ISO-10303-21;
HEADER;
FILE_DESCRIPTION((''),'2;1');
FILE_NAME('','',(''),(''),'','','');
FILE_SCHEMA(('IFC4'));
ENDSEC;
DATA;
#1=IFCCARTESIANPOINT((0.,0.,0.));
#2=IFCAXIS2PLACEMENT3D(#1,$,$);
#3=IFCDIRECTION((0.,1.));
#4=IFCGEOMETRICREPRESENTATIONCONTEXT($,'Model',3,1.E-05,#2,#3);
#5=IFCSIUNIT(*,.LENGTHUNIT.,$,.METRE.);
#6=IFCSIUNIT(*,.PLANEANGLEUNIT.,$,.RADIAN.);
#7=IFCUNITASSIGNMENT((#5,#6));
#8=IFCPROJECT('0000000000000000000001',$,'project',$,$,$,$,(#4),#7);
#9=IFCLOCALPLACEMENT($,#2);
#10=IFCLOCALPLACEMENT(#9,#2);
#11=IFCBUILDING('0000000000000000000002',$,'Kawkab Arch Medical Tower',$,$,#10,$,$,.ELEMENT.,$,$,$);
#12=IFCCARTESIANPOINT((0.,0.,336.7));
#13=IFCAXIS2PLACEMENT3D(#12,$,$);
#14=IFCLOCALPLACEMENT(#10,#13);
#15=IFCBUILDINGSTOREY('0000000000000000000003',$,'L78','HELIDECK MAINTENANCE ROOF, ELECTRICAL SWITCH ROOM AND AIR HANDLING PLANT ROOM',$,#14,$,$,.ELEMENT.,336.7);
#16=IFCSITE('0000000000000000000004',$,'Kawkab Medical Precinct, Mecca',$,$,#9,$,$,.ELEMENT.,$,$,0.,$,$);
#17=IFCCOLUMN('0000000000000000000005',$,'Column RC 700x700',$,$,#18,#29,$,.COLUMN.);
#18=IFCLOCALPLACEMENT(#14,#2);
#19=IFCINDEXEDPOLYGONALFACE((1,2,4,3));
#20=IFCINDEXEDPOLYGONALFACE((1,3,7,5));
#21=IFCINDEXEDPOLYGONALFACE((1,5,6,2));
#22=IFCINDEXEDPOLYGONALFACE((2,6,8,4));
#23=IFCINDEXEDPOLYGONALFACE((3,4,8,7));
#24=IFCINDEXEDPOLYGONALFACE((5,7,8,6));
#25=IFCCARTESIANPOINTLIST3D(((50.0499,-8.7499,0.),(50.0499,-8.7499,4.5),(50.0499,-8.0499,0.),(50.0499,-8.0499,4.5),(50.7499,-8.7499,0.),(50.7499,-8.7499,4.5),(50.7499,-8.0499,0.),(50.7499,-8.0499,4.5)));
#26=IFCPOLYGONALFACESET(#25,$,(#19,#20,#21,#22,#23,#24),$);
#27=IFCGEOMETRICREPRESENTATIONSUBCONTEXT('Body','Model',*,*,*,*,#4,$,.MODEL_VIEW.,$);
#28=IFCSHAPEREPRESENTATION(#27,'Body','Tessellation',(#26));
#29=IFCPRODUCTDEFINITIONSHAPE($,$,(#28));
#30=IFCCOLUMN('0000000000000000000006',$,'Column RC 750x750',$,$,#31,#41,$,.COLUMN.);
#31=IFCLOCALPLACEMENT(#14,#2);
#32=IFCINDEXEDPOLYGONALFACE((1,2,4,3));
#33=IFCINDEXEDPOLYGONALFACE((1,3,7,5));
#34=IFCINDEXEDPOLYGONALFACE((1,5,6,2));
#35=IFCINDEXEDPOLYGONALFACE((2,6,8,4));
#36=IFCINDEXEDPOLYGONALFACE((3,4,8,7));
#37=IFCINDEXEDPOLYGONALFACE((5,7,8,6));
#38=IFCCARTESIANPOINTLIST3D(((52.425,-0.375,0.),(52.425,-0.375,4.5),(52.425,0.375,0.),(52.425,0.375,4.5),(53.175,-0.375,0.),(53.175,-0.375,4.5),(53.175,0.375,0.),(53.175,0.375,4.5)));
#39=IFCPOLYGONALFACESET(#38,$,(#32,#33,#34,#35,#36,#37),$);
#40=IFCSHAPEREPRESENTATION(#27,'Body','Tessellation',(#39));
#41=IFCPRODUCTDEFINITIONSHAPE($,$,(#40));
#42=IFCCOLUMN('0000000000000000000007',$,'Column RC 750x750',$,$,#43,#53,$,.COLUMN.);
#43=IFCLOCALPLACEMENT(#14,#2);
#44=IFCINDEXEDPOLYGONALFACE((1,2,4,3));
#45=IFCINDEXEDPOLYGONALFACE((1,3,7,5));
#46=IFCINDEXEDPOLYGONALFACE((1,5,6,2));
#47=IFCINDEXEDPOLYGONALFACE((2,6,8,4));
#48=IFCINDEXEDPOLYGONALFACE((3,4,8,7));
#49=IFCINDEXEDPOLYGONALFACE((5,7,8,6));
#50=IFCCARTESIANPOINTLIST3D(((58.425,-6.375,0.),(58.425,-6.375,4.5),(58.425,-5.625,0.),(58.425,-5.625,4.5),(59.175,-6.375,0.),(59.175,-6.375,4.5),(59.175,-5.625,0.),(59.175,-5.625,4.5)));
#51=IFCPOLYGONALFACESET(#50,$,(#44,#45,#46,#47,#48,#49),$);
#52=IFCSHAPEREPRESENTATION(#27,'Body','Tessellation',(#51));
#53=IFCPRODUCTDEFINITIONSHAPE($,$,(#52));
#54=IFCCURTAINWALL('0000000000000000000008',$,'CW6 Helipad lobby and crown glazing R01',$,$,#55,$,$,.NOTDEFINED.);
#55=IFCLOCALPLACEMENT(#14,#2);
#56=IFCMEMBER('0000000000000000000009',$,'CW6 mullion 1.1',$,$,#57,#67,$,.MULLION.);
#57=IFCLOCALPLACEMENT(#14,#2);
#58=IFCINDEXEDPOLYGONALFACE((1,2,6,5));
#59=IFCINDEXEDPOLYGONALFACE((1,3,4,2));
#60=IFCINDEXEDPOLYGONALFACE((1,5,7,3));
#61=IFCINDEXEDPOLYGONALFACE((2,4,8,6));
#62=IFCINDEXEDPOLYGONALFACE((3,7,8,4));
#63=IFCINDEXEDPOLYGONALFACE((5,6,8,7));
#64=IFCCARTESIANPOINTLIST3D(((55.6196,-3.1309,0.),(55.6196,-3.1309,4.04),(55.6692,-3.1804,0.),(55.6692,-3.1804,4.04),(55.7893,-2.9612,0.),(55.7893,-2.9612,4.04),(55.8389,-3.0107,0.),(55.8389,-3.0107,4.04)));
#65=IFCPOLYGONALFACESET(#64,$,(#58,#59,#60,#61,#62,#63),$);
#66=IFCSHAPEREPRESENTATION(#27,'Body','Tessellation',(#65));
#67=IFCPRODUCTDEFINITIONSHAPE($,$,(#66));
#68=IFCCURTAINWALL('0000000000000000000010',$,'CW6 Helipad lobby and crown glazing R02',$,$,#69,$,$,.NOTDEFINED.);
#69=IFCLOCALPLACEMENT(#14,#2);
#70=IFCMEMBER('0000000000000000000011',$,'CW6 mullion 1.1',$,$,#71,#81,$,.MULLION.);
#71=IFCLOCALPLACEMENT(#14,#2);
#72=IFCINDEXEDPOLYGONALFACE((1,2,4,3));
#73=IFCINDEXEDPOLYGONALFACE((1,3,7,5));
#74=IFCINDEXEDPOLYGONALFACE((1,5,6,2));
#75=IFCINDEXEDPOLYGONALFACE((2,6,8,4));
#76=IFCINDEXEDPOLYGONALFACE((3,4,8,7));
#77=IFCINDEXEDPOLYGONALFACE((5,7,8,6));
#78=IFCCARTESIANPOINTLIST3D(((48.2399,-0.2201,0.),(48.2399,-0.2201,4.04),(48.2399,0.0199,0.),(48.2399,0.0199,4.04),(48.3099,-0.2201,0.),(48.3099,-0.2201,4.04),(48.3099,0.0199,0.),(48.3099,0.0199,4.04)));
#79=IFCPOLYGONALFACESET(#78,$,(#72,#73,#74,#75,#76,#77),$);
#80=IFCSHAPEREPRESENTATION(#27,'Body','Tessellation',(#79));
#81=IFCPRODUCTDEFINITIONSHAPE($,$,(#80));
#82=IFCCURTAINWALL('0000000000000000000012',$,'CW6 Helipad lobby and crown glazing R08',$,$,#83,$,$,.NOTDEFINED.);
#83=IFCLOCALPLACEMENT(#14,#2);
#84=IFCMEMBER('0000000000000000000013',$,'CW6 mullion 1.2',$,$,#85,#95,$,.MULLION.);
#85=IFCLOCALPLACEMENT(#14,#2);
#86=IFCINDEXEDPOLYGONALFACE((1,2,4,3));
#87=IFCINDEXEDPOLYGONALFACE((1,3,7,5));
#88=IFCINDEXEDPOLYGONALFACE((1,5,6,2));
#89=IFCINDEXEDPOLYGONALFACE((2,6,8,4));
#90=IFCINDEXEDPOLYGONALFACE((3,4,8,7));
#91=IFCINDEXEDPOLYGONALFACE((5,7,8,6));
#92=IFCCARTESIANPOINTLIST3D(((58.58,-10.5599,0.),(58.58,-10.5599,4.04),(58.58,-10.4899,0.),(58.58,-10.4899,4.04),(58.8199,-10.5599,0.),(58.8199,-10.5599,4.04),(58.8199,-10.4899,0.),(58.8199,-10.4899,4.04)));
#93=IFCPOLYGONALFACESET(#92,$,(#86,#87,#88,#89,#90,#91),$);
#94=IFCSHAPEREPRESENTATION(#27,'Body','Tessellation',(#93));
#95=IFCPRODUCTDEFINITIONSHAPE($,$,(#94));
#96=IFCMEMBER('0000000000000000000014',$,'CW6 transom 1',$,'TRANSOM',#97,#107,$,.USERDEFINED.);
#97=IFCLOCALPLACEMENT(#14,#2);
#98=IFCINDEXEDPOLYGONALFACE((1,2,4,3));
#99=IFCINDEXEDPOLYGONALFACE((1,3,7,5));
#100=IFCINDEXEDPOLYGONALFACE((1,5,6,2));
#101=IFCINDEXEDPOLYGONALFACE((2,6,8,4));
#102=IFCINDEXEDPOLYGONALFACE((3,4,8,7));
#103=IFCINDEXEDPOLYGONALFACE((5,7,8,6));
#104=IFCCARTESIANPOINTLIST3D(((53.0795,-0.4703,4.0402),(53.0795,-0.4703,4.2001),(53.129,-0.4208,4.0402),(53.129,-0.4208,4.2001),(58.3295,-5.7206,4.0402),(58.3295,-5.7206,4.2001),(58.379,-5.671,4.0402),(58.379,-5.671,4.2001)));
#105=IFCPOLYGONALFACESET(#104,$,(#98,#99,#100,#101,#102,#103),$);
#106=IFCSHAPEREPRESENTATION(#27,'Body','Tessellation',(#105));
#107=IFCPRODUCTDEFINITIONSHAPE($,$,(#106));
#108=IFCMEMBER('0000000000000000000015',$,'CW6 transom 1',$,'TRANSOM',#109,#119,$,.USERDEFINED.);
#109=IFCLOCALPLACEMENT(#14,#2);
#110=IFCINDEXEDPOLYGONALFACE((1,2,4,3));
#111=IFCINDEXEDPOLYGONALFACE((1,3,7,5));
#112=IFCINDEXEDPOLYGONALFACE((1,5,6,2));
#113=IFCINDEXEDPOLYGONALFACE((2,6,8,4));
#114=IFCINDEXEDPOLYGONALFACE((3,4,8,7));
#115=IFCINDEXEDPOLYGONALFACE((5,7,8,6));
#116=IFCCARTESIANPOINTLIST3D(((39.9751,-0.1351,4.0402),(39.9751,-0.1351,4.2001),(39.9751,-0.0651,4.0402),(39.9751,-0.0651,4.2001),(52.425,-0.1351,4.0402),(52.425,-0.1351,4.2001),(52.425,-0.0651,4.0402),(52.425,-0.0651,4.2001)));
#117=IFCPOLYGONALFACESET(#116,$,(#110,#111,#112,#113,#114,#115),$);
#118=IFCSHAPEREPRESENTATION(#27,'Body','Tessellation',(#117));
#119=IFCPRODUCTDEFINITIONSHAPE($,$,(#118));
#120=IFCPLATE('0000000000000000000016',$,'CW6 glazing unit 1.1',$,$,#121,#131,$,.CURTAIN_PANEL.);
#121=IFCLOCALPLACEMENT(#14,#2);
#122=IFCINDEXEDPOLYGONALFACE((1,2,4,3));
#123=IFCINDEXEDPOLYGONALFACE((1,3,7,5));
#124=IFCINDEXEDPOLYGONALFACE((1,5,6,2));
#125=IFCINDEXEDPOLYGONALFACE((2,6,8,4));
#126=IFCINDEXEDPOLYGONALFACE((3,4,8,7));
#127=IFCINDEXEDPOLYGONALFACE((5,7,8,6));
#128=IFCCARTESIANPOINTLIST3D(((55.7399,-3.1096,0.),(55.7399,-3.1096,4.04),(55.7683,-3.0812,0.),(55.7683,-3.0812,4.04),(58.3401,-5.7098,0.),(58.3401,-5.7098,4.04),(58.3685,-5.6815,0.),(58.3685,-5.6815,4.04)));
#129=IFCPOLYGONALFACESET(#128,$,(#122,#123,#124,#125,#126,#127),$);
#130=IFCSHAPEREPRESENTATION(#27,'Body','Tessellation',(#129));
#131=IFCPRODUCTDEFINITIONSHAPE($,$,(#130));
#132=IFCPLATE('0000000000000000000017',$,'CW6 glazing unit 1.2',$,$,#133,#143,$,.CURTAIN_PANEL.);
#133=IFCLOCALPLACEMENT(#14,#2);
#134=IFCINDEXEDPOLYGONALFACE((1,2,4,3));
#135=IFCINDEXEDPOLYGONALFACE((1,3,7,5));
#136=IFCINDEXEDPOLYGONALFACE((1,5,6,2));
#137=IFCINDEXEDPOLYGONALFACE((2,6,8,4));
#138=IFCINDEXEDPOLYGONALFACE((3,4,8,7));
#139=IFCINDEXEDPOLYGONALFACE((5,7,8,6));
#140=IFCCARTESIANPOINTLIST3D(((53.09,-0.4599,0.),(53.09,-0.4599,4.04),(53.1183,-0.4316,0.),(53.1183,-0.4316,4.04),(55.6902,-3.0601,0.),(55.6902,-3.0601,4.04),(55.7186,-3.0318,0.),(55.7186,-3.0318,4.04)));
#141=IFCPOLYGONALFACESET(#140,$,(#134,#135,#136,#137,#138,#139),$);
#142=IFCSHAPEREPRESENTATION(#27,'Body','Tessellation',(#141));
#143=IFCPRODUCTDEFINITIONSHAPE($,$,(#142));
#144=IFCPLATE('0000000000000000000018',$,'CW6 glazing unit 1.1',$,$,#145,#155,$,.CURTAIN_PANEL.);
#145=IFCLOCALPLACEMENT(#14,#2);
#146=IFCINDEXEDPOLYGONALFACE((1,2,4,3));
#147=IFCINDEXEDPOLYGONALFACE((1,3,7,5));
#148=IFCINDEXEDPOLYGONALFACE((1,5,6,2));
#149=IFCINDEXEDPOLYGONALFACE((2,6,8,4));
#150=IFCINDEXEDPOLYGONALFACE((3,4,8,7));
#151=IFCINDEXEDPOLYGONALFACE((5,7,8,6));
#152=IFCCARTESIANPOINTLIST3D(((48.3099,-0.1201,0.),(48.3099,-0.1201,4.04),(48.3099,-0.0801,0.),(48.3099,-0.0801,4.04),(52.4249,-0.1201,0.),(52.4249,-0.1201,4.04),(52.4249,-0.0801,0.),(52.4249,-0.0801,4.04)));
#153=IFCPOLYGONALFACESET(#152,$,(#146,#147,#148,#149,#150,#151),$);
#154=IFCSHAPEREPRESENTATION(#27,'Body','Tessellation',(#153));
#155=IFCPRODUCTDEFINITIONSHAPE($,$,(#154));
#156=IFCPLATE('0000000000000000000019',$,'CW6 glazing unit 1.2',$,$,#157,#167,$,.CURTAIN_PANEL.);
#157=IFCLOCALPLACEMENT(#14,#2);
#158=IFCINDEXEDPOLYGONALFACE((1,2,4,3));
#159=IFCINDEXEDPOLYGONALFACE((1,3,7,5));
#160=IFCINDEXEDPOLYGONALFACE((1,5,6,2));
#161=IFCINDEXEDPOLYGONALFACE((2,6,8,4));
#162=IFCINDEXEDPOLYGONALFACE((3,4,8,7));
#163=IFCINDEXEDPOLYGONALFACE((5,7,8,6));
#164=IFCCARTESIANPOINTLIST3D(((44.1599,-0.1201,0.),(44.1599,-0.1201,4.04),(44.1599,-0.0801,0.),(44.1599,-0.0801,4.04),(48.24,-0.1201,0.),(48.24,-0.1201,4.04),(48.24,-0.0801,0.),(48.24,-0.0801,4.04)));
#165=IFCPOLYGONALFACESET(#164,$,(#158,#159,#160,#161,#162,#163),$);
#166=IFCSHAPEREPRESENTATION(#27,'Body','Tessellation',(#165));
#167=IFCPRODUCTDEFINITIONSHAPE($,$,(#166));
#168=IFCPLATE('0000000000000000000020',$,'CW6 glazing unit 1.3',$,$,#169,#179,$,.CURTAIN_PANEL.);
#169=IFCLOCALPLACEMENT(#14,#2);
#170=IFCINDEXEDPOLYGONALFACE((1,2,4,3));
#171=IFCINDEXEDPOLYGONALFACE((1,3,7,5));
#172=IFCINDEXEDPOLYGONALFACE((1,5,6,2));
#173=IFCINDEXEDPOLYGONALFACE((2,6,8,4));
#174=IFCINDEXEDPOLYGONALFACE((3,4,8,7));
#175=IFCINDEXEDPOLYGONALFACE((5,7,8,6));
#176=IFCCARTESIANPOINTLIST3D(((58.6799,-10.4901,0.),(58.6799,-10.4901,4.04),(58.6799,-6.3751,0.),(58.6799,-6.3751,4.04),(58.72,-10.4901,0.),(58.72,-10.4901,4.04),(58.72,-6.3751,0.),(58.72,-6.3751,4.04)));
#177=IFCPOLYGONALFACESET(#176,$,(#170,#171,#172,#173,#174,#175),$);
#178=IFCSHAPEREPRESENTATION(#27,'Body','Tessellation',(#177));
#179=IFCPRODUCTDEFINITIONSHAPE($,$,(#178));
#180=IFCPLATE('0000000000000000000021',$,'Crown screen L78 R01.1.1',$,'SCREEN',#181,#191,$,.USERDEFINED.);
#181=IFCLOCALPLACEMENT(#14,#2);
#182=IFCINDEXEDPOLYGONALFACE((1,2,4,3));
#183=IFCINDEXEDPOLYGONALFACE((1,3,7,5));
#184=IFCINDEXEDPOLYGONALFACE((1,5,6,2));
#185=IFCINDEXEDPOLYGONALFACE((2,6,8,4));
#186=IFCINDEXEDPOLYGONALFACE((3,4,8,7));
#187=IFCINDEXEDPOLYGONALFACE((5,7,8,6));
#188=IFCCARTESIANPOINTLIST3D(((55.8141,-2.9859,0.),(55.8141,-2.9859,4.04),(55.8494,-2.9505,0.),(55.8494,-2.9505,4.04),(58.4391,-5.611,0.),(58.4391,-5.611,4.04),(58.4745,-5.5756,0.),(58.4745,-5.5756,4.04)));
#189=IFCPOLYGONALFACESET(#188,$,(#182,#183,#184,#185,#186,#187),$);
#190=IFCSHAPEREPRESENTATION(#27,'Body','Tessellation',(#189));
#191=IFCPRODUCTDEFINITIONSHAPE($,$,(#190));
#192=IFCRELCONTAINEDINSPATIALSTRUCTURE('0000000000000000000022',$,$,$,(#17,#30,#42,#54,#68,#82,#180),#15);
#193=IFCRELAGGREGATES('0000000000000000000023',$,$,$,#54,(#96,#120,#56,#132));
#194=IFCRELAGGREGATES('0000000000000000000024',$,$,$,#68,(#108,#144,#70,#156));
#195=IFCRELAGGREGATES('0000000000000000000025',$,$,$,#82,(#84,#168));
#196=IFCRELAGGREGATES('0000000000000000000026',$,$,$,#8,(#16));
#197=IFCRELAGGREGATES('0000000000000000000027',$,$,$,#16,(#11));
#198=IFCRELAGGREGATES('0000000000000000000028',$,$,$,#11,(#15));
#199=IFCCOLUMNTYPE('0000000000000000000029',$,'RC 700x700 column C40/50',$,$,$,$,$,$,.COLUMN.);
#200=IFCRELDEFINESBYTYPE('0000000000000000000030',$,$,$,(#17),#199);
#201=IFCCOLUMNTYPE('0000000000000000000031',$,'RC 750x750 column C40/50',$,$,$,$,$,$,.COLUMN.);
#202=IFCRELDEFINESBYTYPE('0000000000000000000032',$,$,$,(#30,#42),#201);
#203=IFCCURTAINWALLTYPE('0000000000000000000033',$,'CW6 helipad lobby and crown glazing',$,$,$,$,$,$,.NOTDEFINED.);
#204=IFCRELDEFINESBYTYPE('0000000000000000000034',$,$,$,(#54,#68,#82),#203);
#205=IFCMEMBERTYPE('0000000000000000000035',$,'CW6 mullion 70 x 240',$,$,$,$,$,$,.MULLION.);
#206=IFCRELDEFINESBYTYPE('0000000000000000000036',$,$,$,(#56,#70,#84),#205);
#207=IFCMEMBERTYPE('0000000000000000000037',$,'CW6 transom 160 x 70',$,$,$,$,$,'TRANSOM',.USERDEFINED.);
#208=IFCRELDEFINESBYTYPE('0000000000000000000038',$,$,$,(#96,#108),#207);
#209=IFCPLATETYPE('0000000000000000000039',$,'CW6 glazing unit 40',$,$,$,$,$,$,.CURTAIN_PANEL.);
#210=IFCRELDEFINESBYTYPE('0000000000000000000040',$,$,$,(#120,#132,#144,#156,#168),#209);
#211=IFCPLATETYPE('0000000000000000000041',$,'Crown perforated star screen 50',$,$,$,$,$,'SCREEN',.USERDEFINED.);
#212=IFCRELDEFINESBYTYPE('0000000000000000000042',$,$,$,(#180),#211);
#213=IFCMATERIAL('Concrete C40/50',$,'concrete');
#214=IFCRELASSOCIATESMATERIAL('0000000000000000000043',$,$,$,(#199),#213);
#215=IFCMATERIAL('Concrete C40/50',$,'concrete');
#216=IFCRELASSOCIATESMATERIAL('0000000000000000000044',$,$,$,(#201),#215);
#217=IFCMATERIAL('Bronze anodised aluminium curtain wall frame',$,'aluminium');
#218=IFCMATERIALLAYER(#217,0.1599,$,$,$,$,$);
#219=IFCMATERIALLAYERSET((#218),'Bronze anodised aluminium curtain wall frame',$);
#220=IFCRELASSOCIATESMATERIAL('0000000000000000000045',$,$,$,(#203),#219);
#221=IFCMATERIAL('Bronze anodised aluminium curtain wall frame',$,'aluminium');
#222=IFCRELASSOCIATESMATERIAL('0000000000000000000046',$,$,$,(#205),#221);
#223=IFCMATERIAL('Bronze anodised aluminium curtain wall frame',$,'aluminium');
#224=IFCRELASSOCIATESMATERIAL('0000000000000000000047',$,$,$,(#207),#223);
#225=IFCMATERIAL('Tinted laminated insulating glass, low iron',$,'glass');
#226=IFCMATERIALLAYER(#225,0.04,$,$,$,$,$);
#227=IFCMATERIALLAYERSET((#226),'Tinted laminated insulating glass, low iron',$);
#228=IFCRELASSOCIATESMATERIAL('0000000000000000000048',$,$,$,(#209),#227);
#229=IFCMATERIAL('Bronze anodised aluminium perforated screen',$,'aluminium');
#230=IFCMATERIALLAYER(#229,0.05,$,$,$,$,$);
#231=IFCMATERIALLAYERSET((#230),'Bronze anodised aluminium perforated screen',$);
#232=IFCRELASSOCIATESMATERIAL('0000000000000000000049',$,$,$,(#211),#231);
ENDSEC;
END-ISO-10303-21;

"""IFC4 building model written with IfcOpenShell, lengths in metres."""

from ifc_helpers import new_model, si_unit, direction, frame, origin, origin_2d, place, context, subcontext, project, spatial, rectangle, extrude, material, layer, layer_set, material_profile, profile_set, type_object, element, aggregate, save


model = new_model("IFC4")

# Units and contexts
model_context = context("Model", 3, precision=1e-05, world=origin(), true_north=direction((0.0, 1.0)))
body_context = subcontext(model_context, "Body", "Model", "MODEL_VIEW")
ifc_project = project(units=[si_unit("LENGTHUNIT", "METRE"), si_unit("PLANEANGLEUNIT", "RADIAN")], contexts=[model_context])

# Site, building, storey
site_placement = place(None, origin())
site = spatial("IfcSite", under=ifc_project, at=site_placement, Name="Kawkab Medical Precinct, Mecca", CompositionType="ELEMENT", RefElevation=0.0)
building_placement = place(site_placement, origin())
building = spatial("IfcBuilding", under=site, at=building_placement, Name="Kawkab Arch Medical Tower", CompositionType="ELEMENT")
storey_placement = place(building_placement, frame((0.0, 0.0, 336.7)))
storey = spatial("IfcBuildingStorey", under=building, at=storey_placement, Name="L78", Description="HELIDECK MAINTENANCE ROOF, ELECTRICAL SWITCH ROOM AND AIR HANDLING PLANT ROOM", CompositionType="ELEMENT", Elevation=336.7)

# Columns
ifc_material_1 = material(Name="Concrete C40/50", Category="concrete")
ifc_material_profile_1 = material_profile(ifc_material_1, rectangle(XDim=0.7, YDim=0.7, at=origin_2d()), Name="RC 700x700")
ifc_profile_set_1 = profile_set([ifc_material_profile_1], Name="Concrete C40/50")
column_type_1 = type_object("IfcColumnType", Name="RC 700x700 column C40/50", PredefinedType="COLUMN", material=ifc_profile_set_1)
column_placement = place(storey_placement, frame((50.3999, -8.3999, 0.0), z_axis=(0.0, 0.0, 1.0), x_axis=(1.0, 0.0, 0.0)))
element("IfcColumn", 1, at=column_placement, inside=storey, type_object=column_type_1, Name="Column RC 700x700", PredefinedType="COLUMN", context=body_context, shape_type="SweptSolid", body=[
    extrude(rectangle(XDim=0.7, YDim=0.7, at=origin_2d()), origin(), (0.0, 0.0, 1.0), 4.5),
])
ifc_material_2 = material(Name="Concrete C40/50", Category="concrete")
ifc_material_profile_2 = material_profile(ifc_material_2, rectangle(XDim=0.75, YDim=0.75, at=origin_2d()), Name="RC 750x750")
ifc_profile_set_2 = profile_set([ifc_material_profile_2], Name="Concrete C40/50")
column_type_2 = type_object("IfcColumnType", Name="RC 750x750 column C40/50", PredefinedType="COLUMN", material=ifc_profile_set_2)
for number, where, z_axis, x_axis, name in (
    (2, (52.8, 0.0, 0.0), (0.0, 0.0, 1.0), (1.0, 0.0, 0.0), "Column RC 750x750"),
    (3, (58.8, -6.0, 0.0), (0.0, 0.0, 1.0), (1.0, 0.0, 0.0), "Column RC 750x750"),
):
    element("IfcColumn", number, at=place(storey_placement, frame(where, z_axis=z_axis, x_axis=x_axis)), inside=storey, type_object=column_type_2, Name=name, PredefinedType="COLUMN", context=body_context, shape_type="SweptSolid", body=[
        extrude(rectangle(XDim=0.75, YDim=0.75, at=origin_2d()), origin(), (0.0, 0.0, 1.0), 4.5),
    ])

# Curtain walls, members
ifc_material_3 = material(Name="Bronze anodised aluminium curtain wall frame", Category="aluminium")
ifc_layer_1 = layer(ifc_material_3, 0.1599)
ifc_layer_set_1 = layer_set([ifc_layer_1], Name="Bronze anodised aluminium curtain wall frame")
curtain_wall_type = type_object("IfcCurtainWallType", Name="CW6 helipad lobby and crown glazing", PredefinedType="NOTDEFINED", material=ifc_layer_set_1)
placement = place(storey_placement, origin())
curtain_wall_1 = element("IfcCurtainWall", 4, at=placement, inside=storey, type_object=curtain_wall_type, Name="CW6 Helipad lobby and crown glazing R01", PredefinedType="NOTDEFINED")
ifc_material_4 = material(Name="Bronze anodised aluminium curtain wall frame", Category="aluminium")
ifc_material_profile_3 = material_profile(ifc_material_4, rectangle(XDim=0.24, YDim=0.0701, at=origin_2d()), Name="AL 70x240")
ifc_profile_set_3 = profile_set([ifc_material_profile_3], Name="Bronze anodised aluminium curtain wall frame")
member_type_1 = type_object("IfcMemberType", Name="CW6 mullion 70 x 240", PredefinedType="MULLION", material=ifc_profile_set_3)
member_1_placement = place(storey_placement, frame((55.7292, -3.0708, 0.0), z_axis=(0.0, 0.0, 1.0), x_axis=(-0.707107, -0.707107, 0.0)))
member_1 = element("IfcMember", 5, at=member_1_placement, type_object=member_type_1, Name="CW6 mullion 1.1", PredefinedType="MULLION", context=body_context, shape_type="SweptSolid", body=[
    extrude(rectangle(XDim=0.24, YDim=0.0701, at=origin_2d()), origin(), (0.0, 0.0, 1.0), 4.04),
])
curtain_wall_2 = element("IfcCurtainWall", 6, at=placement, inside=storey, type_object=curtain_wall_type, Name="CW6 Helipad lobby and crown glazing R02", PredefinedType="NOTDEFINED")
member_2_placement = place(storey_placement, frame((48.2749, -0.1001, 0.0), z_axis=(0.0, 0.0, 1.0), x_axis=(0.0, -1.0, 0.0)))
member_2 = element("IfcMember", 7, at=member_2_placement, type_object=member_type_1, Name="CW6 mullion 1.1", PredefinedType="MULLION", context=body_context, shape_type="SweptSolid", body=[
    extrude(rectangle(XDim=0.24, YDim=0.0701, at=origin_2d()), origin(), (0.0, 0.0, 1.0), 4.04),
])
curtain_wall_3 = element("IfcCurtainWall", 8, at=placement, inside=storey, type_object=curtain_wall_type, Name="CW6 Helipad lobby and crown glazing R08", PredefinedType="NOTDEFINED")
member_3_placement = place(storey_placement, frame((58.7, -10.5249, 0.0), z_axis=(0.0, 0.0, 1.0), x_axis=(-1.0, 0.0, 0.0)))
member_3 = element("IfcMember", 9, at=member_3_placement, type_object=member_type_1, Name="CW6 mullion 1.2", PredefinedType="MULLION", context=body_context, shape_type="SweptSolid", body=[
    extrude(rectangle(XDim=0.24, YDim=0.0701, at=origin_2d()), origin(), (0.0, 0.0, 1.0), 4.04),
])

# Members
ifc_material_5 = material(Name="Bronze anodised aluminium curtain wall frame", Category="aluminium")
ifc_material_profile_4 = material_profile(ifc_material_5, rectangle(XDim=0.0701, YDim=0.1599, at=origin_2d()), Name="AL 70x160")
ifc_profile_set_4 = profile_set([ifc_material_profile_4], Name="Bronze anodised aluminium curtain wall frame")
member_type_2 = type_object("IfcMemberType", Name="CW6 transom 160 x 70", ElementType="TRANSOM", PredefinedType="USERDEFINED", material=ifc_profile_set_4)
member_4_placement = place(storey_placement, frame((58.3542, -5.6958, 4.1201), z_axis=(-0.70709, 0.707123, 0.0), x_axis=(-0.707123, -0.70709, 0.0)))
member_4 = element("IfcMember", 10, at=member_4_placement, type_object=member_type_2, Name="CW6 transom 1", ObjectType="TRANSOM", PredefinedType="USERDEFINED", context=body_context, shape_type="SweptSolid", body=[
    extrude(rectangle(XDim=0.0701, YDim=0.1599, at=origin_2d()), origin(), (0.0, 0.0, 1.0), 7.4248),
])
member_5_placement = place(storey_placement, frame((52.425, -0.1001, 4.1201), z_axis=(-1.0, 0.0, 0.0), x_axis=(0.0, -1.0, 0.0)))
member_5 = element("IfcMember", 11, at=member_5_placement, type_object=member_type_2, Name="CW6 transom 1", ObjectType="TRANSOM", PredefinedType="USERDEFINED", context=body_context, shape_type="SweptSolid", body=[
    extrude(rectangle(XDim=0.0701, YDim=0.1599, at=origin_2d()), origin(), (0.0, 0.0, 1.0), 12.45),
])

# Plates
ifc_material_6 = material(Name="Tinted laminated insulating glass, low iron", Category="glass")
ifc_layer_2 = layer(ifc_material_6, 0.04)
ifc_layer_set_2 = layer_set([ifc_layer_2], Name="Tinted laminated insulating glass, low iron")
plate_type_1 = type_object("IfcPlateType", Name="CW6 glazing unit 40", PredefinedType="CURTAIN_PANEL", material=ifc_layer_set_2)
plate_1_placement = place(storey_placement, frame((57.0542, -4.3955, 0.0), z_axis=(0.0, 0.0, 1.0), x_axis=(-0.707107, 0.707107, 0.0)))
plate_1 = element("IfcPlate", 12, at=plate_1_placement, type_object=plate_type_1, Name="CW6 glazing unit 1.1", PredefinedType="CURTAIN_PANEL", context=body_context, shape_type="SweptSolid", body=[
    extrude(rectangle(XDim=3.6772, YDim=0.04, at=origin_2d()), origin(), (0.0, 0.0, 1.0), 4.04),
])
plate_2_placement = place(storey_placement, frame((54.4043, -1.7458, 0.0), z_axis=(0.0, 0.0, 1.0), x_axis=(-0.707107, 0.707107, 0.0)))
plate_2 = element("IfcPlate", 13, at=plate_2_placement, type_object=plate_type_1, Name="CW6 glazing unit 1.2", PredefinedType="CURTAIN_PANEL", context=body_context, shape_type="SweptSolid", body=[
    extrude(rectangle(XDim=3.6772, YDim=0.04, at=origin_2d()), origin(), (0.0, 0.0, 1.0), 4.04),
])
aggregate(curtain_wall_1, [member_4, plate_1, member_1, plate_2])
plate_3_placement = place(storey_placement, frame((50.3674, -0.1001, 0.0), z_axis=(0.0, 0.0, 1.0), x_axis=(-1.0, 0.0, 0.0)))
plate_3 = element("IfcPlate", 14, at=plate_3_placement, type_object=plate_type_1, Name="CW6 glazing unit 1.1", PredefinedType="CURTAIN_PANEL", context=body_context, shape_type="SweptSolid", body=[
    extrude(rectangle(XDim=4.115, YDim=0.04, at=origin_2d()), origin(), (0.0, 0.0, 1.0), 4.04),
])
plate_4_placement = place(storey_placement, frame((46.2, -0.1001, 0.0), z_axis=(0.0, 0.0, 1.0), x_axis=(-1.0, 0.0, 0.0)))
plate_4 = element("IfcPlate", 15, at=plate_4_placement, type_object=plate_type_1, Name="CW6 glazing unit 1.2", PredefinedType="CURTAIN_PANEL", context=body_context, shape_type="SweptSolid", body=[
    extrude(rectangle(XDim=4.0801, YDim=0.04, at=origin_2d()), origin(), (0.0, 0.0, 1.0), 4.04),
])
aggregate(curtain_wall_2, [member_5, plate_3, member_2, plate_4])
plate_5_placement = place(storey_placement, frame((58.7, -8.4326, 0.0), z_axis=(0.0, 0.0, 1.0), x_axis=(0.0, 1.0, 0.0)))
plate_5 = element("IfcPlate", 16, at=plate_5_placement, type_object=plate_type_1, Name="CW6 glazing unit 1.3", PredefinedType="CURTAIN_PANEL", context=body_context, shape_type="SweptSolid", body=[
    extrude(rectangle(XDim=4.115, YDim=0.04, at=origin_2d()), origin(), (0.0, 0.0, 1.0), 4.04),
])
aggregate(curtain_wall_3, [member_3, plate_5])

# Plate
ifc_material_7 = material(Name="Bronze anodised aluminium perforated screen", Category="aluminium")
ifc_layer_3 = layer(ifc_material_7, 0.05)
ifc_layer_set_3 = layer_set([ifc_layer_3], Name="Bronze anodised aluminium perforated screen")
plate_type_2 = type_object("IfcPlateType", Name="Crown perforated star screen 50", ElementType="SCREEN", PredefinedType="USERDEFINED", material=ifc_layer_set_3)
for number, where, z_axis, x_axis, name in (
    (17, (57.1443, -4.2808, 0.0), (0.0, 0.0, 1.0), (-0.707107, 0.707107, 0.0), "Crown screen L78 R01.1.1"),
):
    element("IfcPlate", number, at=place(storey_placement, frame(where, z_axis=z_axis, x_axis=x_axis)), inside=storey, type_object=plate_type_2, Name=name, ObjectType="SCREEN", PredefinedType="USERDEFINED", context=body_context, shape_type="SweptSolid", body=[
        extrude(rectangle(XDim=3.7124, YDim=0.05, at=origin_2d()), origin(), (0.0, 0.0, 1.0), 4.04),
    ])

save(model, "model.ifc")
